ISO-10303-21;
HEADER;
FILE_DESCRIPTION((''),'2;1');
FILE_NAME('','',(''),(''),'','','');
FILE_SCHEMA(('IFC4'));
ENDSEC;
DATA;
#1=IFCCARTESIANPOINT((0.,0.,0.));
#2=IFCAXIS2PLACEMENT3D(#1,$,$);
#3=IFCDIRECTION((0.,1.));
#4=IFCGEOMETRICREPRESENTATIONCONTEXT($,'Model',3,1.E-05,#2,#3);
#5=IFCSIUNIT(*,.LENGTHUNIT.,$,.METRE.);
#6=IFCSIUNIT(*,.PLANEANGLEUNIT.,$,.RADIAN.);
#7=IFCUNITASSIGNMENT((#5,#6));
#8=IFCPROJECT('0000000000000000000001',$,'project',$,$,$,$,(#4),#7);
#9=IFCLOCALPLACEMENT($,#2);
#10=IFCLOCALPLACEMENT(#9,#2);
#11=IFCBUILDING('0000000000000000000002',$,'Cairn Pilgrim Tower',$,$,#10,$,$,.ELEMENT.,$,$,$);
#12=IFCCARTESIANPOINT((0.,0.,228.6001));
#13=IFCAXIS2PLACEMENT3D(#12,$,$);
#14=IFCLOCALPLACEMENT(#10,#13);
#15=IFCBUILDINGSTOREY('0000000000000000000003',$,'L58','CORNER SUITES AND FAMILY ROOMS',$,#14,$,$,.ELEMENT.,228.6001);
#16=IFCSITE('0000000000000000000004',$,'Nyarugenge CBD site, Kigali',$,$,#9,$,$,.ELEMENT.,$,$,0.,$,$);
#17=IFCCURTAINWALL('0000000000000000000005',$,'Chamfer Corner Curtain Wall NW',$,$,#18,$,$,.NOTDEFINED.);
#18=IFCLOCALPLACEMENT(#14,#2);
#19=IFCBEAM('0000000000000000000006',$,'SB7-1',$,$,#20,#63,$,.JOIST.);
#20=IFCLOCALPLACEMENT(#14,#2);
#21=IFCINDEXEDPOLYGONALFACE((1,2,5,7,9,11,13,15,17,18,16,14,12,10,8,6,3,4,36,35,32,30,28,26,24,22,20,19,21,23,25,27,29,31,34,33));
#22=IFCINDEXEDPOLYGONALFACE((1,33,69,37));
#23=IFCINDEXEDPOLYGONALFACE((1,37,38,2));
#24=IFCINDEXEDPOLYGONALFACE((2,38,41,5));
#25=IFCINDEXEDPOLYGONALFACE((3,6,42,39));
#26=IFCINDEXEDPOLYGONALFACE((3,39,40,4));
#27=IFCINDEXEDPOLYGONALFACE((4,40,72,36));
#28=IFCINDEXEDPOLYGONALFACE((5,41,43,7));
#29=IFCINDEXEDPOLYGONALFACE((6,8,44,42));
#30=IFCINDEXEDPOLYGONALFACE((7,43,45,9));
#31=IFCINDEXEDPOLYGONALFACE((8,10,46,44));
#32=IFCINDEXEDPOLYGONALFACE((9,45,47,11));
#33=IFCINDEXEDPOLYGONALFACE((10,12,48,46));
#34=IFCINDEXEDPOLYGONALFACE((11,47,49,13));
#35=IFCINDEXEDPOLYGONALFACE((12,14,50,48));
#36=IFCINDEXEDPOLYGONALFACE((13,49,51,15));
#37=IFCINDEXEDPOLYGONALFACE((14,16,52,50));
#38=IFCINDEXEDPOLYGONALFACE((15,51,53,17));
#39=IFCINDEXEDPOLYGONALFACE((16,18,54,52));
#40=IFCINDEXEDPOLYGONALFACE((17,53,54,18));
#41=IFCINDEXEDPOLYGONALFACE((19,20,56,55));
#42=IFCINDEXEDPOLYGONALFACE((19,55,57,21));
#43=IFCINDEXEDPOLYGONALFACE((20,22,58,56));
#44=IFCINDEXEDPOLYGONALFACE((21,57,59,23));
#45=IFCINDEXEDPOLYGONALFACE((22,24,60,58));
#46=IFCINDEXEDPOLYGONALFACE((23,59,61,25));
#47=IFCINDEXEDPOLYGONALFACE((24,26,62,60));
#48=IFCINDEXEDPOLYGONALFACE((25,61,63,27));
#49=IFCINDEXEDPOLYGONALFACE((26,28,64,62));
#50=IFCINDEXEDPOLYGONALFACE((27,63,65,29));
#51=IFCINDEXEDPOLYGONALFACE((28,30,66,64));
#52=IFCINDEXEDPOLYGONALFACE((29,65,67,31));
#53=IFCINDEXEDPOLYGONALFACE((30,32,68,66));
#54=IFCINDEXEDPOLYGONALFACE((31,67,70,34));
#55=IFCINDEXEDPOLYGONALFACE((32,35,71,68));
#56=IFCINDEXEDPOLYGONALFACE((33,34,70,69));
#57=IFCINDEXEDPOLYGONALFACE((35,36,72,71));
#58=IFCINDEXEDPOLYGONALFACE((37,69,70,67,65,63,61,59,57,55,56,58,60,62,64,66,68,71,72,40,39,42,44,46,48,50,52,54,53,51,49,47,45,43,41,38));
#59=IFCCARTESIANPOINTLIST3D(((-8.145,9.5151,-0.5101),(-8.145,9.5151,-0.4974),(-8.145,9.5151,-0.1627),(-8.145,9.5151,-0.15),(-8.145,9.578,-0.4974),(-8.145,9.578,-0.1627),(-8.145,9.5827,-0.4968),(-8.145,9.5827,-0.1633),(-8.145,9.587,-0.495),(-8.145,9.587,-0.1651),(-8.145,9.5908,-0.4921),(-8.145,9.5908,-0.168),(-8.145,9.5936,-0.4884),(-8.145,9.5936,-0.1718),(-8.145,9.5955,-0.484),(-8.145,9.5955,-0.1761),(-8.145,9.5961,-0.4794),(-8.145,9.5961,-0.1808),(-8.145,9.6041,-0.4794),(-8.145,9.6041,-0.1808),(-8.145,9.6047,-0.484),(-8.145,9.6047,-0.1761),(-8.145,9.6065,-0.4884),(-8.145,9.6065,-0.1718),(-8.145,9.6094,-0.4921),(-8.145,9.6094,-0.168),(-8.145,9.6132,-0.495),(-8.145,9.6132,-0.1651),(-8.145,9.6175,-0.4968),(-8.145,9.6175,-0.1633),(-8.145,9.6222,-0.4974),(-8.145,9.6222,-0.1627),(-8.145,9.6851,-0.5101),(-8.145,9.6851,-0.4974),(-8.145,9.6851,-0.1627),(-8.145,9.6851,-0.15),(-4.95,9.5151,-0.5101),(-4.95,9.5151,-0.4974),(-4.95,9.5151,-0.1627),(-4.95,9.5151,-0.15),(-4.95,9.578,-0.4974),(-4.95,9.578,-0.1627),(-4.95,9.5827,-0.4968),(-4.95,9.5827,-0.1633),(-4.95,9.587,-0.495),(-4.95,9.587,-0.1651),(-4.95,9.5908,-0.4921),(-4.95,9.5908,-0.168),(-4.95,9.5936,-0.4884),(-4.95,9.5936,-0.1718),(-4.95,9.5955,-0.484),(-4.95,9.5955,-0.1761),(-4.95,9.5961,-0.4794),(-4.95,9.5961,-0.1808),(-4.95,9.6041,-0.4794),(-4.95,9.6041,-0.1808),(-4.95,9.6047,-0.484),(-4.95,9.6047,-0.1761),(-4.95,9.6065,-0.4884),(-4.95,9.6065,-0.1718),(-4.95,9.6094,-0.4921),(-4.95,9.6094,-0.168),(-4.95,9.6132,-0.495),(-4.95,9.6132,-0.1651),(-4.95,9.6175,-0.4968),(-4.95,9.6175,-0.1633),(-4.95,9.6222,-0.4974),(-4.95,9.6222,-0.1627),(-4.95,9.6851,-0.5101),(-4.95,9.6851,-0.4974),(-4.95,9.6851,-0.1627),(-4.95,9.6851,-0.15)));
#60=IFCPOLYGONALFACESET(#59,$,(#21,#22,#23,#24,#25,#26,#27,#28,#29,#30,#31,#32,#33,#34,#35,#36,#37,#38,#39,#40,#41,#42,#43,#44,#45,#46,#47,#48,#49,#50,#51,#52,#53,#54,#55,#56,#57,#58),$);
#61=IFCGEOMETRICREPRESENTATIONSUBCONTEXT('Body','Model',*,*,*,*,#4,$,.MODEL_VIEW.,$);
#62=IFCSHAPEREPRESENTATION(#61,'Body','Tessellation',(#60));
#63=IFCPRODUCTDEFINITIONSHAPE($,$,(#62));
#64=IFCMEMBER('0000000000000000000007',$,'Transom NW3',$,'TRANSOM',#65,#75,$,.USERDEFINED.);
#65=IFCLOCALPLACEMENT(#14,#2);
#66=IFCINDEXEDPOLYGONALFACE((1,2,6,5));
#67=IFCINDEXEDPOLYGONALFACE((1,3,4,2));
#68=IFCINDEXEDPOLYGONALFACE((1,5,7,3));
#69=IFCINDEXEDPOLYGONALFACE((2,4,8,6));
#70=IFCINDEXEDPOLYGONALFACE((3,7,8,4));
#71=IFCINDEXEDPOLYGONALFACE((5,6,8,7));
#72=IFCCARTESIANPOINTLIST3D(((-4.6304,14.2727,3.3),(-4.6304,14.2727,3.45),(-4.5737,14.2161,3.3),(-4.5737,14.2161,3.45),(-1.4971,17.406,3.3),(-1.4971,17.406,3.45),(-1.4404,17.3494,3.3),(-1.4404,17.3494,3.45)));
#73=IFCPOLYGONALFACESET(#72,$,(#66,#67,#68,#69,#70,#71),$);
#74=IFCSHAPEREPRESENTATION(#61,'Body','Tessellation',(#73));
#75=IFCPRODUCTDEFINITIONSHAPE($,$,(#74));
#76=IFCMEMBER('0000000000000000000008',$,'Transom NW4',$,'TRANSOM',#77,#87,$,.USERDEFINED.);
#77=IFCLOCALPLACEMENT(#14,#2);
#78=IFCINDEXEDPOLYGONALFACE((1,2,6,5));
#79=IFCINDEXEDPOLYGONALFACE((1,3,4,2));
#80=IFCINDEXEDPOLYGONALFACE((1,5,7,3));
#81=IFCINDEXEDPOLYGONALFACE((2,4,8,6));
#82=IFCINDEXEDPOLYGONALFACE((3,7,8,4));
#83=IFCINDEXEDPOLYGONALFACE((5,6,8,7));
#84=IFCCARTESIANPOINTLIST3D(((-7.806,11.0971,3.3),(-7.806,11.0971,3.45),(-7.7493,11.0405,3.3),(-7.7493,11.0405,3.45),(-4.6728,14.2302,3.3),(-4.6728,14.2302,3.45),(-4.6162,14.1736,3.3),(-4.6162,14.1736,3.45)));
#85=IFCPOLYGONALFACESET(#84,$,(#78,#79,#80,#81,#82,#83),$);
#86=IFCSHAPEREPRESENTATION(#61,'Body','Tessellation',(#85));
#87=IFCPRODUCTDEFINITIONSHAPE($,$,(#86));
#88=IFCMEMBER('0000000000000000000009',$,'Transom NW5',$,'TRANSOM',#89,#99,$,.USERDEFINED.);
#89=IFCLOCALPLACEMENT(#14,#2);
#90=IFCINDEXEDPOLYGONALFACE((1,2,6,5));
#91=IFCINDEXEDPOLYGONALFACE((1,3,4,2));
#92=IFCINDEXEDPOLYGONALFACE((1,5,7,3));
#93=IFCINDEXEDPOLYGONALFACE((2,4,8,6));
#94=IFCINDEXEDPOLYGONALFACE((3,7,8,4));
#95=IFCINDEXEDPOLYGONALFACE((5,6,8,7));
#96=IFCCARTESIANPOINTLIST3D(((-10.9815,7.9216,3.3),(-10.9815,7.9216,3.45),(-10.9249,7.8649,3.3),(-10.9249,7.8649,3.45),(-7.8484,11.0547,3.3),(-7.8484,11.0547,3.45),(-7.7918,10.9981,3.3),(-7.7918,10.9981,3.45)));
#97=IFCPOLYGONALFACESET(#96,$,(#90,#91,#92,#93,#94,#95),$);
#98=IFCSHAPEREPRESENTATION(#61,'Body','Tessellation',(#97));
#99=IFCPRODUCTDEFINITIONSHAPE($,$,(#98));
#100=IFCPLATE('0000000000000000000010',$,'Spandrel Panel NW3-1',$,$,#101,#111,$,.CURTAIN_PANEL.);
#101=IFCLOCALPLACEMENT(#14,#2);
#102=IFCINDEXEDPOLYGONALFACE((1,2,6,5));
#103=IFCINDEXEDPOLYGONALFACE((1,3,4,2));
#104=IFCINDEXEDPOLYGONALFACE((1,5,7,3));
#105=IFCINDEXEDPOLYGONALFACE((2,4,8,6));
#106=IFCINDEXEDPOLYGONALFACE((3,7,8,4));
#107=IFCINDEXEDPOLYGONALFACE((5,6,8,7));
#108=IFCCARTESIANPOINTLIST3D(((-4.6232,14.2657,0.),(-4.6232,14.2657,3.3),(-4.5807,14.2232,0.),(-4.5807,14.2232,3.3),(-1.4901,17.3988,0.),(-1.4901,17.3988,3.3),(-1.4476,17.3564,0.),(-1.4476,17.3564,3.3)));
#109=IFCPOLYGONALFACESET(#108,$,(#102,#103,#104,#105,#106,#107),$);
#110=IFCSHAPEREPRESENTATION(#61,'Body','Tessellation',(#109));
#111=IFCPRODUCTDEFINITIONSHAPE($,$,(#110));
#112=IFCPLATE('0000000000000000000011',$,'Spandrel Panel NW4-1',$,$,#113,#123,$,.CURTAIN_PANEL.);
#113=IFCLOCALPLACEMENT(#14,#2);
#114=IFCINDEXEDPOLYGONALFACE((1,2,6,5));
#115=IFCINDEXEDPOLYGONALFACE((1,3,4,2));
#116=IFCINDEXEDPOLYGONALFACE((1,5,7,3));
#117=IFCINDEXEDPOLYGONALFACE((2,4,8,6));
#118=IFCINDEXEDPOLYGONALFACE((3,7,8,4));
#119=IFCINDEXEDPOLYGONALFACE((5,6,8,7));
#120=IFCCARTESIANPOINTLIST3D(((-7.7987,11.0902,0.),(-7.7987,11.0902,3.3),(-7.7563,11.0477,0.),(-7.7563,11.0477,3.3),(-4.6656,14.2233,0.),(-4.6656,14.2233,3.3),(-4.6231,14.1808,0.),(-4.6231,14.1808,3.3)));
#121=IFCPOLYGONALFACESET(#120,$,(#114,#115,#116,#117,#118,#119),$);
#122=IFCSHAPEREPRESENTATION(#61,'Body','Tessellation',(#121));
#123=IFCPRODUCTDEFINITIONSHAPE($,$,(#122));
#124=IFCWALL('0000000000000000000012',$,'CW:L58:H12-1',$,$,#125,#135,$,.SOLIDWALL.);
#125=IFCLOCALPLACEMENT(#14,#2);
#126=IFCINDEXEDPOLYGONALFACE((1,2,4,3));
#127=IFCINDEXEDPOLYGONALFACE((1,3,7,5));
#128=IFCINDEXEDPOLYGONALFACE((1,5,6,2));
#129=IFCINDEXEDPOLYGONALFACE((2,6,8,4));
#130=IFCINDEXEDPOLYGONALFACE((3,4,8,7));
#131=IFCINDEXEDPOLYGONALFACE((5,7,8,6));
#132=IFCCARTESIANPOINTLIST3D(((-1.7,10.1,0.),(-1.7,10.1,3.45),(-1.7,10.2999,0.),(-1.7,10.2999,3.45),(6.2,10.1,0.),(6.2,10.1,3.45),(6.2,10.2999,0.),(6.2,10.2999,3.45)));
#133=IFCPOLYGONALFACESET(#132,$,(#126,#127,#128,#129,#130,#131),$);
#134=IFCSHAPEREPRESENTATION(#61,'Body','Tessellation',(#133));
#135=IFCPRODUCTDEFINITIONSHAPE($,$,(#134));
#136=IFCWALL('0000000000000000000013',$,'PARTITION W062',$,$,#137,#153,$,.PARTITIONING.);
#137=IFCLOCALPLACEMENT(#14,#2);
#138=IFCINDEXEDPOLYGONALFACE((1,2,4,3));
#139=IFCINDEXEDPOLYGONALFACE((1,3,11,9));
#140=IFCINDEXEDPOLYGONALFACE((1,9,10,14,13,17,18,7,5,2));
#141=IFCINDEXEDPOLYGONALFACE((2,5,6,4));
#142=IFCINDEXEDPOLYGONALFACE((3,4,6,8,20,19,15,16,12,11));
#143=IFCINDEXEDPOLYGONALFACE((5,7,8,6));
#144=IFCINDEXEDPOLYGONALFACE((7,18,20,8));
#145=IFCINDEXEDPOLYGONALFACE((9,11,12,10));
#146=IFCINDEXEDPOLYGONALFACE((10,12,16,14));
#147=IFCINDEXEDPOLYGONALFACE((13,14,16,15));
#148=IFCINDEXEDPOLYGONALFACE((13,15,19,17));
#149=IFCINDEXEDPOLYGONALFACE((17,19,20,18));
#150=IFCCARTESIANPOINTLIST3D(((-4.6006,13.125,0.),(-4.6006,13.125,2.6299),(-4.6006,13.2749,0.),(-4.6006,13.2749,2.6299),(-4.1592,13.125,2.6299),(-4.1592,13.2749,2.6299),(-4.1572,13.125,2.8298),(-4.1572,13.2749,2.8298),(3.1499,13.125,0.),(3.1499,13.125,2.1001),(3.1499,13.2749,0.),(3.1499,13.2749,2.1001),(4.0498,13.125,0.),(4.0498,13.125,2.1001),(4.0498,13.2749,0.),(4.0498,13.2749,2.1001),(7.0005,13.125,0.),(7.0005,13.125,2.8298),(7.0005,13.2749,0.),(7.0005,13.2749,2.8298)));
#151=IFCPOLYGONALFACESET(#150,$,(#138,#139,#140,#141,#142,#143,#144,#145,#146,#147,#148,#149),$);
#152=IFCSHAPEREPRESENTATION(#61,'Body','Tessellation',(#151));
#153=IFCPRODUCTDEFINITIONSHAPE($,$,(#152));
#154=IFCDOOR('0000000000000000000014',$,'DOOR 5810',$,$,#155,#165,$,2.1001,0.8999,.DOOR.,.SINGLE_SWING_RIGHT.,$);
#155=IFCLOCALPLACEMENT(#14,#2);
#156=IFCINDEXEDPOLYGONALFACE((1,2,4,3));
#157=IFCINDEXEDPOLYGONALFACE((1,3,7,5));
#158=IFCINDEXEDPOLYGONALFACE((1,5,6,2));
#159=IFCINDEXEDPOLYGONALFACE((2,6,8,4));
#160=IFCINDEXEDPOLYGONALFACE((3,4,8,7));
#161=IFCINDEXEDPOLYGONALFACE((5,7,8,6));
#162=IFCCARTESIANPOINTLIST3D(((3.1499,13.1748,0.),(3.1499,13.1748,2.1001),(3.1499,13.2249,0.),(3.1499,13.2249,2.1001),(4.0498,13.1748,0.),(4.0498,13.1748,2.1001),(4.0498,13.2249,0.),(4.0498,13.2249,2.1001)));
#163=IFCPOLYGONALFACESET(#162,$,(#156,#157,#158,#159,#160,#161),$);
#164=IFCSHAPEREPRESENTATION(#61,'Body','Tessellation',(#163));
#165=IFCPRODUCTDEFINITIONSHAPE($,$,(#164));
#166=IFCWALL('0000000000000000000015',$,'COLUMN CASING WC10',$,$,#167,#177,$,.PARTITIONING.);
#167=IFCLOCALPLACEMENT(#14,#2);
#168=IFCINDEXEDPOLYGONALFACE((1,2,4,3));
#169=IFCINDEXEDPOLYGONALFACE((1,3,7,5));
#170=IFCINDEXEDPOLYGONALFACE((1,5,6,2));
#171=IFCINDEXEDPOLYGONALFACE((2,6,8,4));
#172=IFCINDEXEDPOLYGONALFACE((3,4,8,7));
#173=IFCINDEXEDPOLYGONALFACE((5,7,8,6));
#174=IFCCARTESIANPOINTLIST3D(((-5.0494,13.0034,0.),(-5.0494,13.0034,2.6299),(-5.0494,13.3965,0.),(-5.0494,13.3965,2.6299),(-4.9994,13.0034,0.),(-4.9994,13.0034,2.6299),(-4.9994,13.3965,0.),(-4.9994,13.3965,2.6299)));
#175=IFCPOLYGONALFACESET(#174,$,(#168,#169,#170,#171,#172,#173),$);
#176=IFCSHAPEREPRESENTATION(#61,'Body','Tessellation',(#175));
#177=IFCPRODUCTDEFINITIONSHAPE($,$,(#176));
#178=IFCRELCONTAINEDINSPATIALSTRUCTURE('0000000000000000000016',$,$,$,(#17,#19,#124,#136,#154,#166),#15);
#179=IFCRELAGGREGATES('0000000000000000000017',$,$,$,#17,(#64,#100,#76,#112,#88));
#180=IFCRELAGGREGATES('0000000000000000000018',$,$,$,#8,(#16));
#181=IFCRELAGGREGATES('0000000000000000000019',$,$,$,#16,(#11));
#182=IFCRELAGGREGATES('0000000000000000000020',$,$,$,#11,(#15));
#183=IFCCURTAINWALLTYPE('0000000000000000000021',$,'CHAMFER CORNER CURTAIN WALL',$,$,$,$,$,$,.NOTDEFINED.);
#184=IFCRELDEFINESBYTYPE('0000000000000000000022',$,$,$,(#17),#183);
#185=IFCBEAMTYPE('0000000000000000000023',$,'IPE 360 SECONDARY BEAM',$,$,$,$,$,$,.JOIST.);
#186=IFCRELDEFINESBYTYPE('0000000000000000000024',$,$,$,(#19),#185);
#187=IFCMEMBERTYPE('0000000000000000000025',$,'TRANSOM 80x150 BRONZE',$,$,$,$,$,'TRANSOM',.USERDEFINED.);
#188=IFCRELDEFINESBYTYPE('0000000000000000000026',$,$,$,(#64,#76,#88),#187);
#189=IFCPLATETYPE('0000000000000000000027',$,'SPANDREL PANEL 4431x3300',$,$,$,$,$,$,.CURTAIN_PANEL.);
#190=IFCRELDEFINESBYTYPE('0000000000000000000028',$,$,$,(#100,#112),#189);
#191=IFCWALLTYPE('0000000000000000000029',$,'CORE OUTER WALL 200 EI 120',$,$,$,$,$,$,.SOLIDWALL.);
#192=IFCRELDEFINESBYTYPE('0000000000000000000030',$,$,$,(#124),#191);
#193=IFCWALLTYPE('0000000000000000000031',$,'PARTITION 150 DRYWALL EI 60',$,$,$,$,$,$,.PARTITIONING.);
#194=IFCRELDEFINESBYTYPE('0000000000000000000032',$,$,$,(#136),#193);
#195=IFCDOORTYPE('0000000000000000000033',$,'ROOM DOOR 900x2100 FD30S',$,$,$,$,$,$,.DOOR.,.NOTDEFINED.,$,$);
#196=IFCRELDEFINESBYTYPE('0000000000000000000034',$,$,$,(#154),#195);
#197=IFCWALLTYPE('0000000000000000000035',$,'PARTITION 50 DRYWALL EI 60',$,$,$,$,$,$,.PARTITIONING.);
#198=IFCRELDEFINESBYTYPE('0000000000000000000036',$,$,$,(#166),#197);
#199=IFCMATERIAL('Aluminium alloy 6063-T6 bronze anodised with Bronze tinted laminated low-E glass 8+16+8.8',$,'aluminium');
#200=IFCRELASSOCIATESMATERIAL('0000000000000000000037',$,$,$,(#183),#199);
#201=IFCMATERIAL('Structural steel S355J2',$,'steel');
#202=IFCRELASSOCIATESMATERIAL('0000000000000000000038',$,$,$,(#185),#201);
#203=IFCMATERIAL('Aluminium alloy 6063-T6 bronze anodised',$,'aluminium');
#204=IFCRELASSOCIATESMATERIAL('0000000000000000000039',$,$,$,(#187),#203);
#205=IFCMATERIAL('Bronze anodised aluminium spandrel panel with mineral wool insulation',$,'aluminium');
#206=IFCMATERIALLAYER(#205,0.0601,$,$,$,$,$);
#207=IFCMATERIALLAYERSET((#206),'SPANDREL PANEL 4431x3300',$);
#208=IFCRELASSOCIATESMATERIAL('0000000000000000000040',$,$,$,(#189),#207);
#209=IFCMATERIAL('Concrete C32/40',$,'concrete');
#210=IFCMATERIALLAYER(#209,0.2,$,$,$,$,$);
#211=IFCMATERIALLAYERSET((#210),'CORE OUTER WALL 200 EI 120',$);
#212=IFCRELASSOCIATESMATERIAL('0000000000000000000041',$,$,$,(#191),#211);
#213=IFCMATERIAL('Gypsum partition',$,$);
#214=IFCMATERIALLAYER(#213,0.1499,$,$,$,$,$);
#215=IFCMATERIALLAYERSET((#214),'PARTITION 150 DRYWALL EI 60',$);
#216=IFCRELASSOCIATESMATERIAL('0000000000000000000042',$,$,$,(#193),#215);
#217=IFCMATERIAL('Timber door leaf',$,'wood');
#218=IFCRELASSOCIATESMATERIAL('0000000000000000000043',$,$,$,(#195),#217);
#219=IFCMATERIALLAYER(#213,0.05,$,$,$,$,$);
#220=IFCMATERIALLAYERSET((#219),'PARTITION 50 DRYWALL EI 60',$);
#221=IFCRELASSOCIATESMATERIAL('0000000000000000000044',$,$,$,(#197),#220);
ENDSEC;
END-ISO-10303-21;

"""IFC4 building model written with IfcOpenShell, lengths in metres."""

from ifc_helpers import new_model, si_unit, direction, frame, frame_2d, origin, origin_2d, place, context, subcontext, project, spatial, polyline, rectangle, i_section, outline, extrude, material, layer, layer_set, material_profile, profile_set, type_object, element, fill, aggregate, save


model = new_model("IFC4")

# Units and contexts
model_context = context("Model", 3, precision=1e-05, world=origin(), true_north=direction((0.0, 1.0)))
body_context = subcontext(model_context, "Body", "Model", "MODEL_VIEW")
ifc_project = project(units=[si_unit("LENGTHUNIT", "METRE"), si_unit("PLANEANGLEUNIT", "RADIAN")], contexts=[model_context])

# Site, building, storey
site_placement = place(None, origin())
site = spatial("IfcSite", under=ifc_project, at=site_placement, Name="Nyarugenge CBD site, Kigali", CompositionType="ELEMENT", RefElevation=0.0)
building_placement = place(site_placement, origin())
building = spatial("IfcBuilding", under=site, at=building_placement, Name="Cairn Pilgrim Tower", CompositionType="ELEMENT")
storey_placement = place(building_placement, frame((0.0, 0.0, 228.6001)))
storey = spatial("IfcBuildingStorey", under=building, at=storey_placement, Name="L58", Description="CORNER SUITES AND FAMILY ROOMS", CompositionType="ELEMENT", Elevation=228.6001)

# Shared definitions
ifc_material_1 = material(Name="Structural steel S355J2", Category="steel")

# Curtain wall
ifc_material_2 = material(Name="Aluminium alloy 6063-T6 bronze anodised with Bronze tinted laminated low-E glass 8+16+8.8", Category="aluminium")
curtain_wall_type = type_object("IfcCurtainWallType", Name="CHAMFER CORNER CURTAIN WALL", PredefinedType="NOTDEFINED", material=ifc_material_2)
curtain_wall_placement = place(storey_placement, origin())
curtain_wall = element("IfcCurtainWall", 1, at=curtain_wall_placement, inside=storey, type_object=curtain_wall_type, Name="Chamfer Corner Curtain Wall NW", PredefinedType="NOTDEFINED")
ifc_material_3 = material(Name="Aluminium alloy 6063-T6 bronze anodised", Category="aluminium")

# Beam
ifc_material_profile_1 = material_profile(ifc_material_1, i_section(OverallWidth=0.1699, OverallDepth=0.3601, WebThickness=0.0081, FlangeThickness=0.0127, FilletRadius=0.0181, at=origin_2d()), Name="IPE 360")
ifc_profile_set_1 = profile_set([ifc_material_profile_1], Name="Structural steel S355J2")
beam_type_1 = type_object("IfcBeamType", Name="IPE 360 SECONDARY BEAM", PredefinedType="JOIST", material=ifc_profile_set_1)
beam_1_placement = place(storey_placement, frame((-8.145, 9.6001, -0.3301), z_axis=(1.0, 0.0, 0.0), x_axis=(0.0, 1.0, 0.0)))
element("IfcBeam", 2, at=beam_1_placement, inside=storey, type_object=beam_type_1, Name="SB7-1", PredefinedType="JOIST", context=body_context, shape_type="SweptSolid", body=[
    extrude(i_section(OverallWidth=0.1699, OverallDepth=0.3601, WebThickness=0.0081, FlangeThickness=0.0127, FilletRadius=0.0181, at=origin_2d()), origin(), (0.0, 0.0, 1.0), 3.1951),
])

# Members
ifc_material_profile_2 = material_profile(ifc_material_3, rectangle(XDim=0.0801, YDim=0.1499, at=origin_2d()), Name="TRANSOM 80x150 BRONZE")
ifc_profile_set_2 = profile_set([ifc_material_profile_2], Name="Aluminium alloy 6063-T6 bronze anodised")
member_type_1 = type_object("IfcMemberType", Name="TRANSOM 80x150 BRONZE", ElementType="TRANSOM", PredefinedType="USERDEFINED", material=ifc_profile_set_2)
member_1_placement = place(storey_placement, frame((-1.4688, 17.3777, 3.375), z_axis=(-0.707107, -0.707107, 0.0), x_axis=(0.707107, -0.707107, 0.0)))
member_1 = element("IfcMember", 3, at=member_1_placement, type_object=member_type_1, Name="Transom NW3", ObjectType="TRANSOM", PredefinedType="USERDEFINED", context=body_context, shape_type="SweptSolid", body=[
    extrude(rectangle(XDim=0.0801, YDim=0.1499, at=origin_2d()), origin(), (0.0, 0.0, 1.0), 4.4312),
])
member_2_placement = place(storey_placement, frame((-4.6445, 14.2019, 3.375), z_axis=(-0.707107, -0.707107, 0.0), x_axis=(0.707107, -0.707107, 0.0)))
member_2 = element("IfcMember", 4, at=member_2_placement, type_object=member_type_1, Name="Transom NW4", ObjectType="TRANSOM", PredefinedType="USERDEFINED", context=body_context, shape_type="SweptSolid", body=[
    extrude(rectangle(XDim=0.0801, YDim=0.1499, at=origin_2d()), origin(), (0.0, 0.0, 1.0), 4.4309),
])
member_3_placement = place(storey_placement, frame((-7.8201, 11.0264, 3.375), z_axis=(-0.707107, -0.707107, 0.0), x_axis=(0.707107, -0.707107, 0.0)))
member_3 = element("IfcMember", 5, at=member_3_placement, type_object=member_type_1, Name="Transom NW5", ObjectType="TRANSOM", PredefinedType="USERDEFINED", context=body_context, shape_type="SweptSolid", body=[
    extrude(rectangle(XDim=0.0801, YDim=0.1499, at=origin_2d()), origin(), (0.0, 0.0, 1.0), 4.4309),
])

# Plates
ifc_material_4 = material(Name="Bronze anodised aluminium spandrel panel with mineral wool insulation", Category="aluminium")
ifc_layer_1 = layer(ifc_material_4, 0.0601)
ifc_layer_set_1 = layer_set([ifc_layer_1], Name="SPANDREL PANEL 4431x3300")
plate_type = type_object("IfcPlateType", Name="SPANDREL PANEL 4431x3300", PredefinedType="CURTAIN_PANEL", material=ifc_layer_set_1)
plate_1_placement = place(storey_placement, frame((-3.0354, 15.811, 0.0), z_axis=(0.0, 0.0, 1.0), x_axis=(-0.707107, -0.707107, 0.0)))
plate_1 = element("IfcPlate", 6, at=plate_1_placement, type_object=plate_type, Name="Spandrel Panel NW3-1", PredefinedType="CURTAIN_PANEL", context=body_context, shape_type="SweptSolid", body=[
    extrude(rectangle(XDim=4.4309, YDim=0.0601, at=origin_2d()), origin(), (0.0, 0.0, 1.0), 3.3),
])
plate_2_placement = place(storey_placement, frame((-6.2109, 12.6355, 0.0), z_axis=(0.0, 0.0, 1.0), x_axis=(-0.707107, -0.707107, 0.0)))
plate_2 = element("IfcPlate", 7, at=plate_2_placement, type_object=plate_type, Name="Spandrel Panel NW4-1", PredefinedType="CURTAIN_PANEL", context=body_context, shape_type="SweptSolid", body=[
    extrude(rectangle(XDim=4.4309, YDim=0.0601, at=origin_2d()), origin(), (0.0, 0.0, 1.0), 3.3),
])
aggregate(curtain_wall, [member_1, plate_1, member_2, plate_2, member_3])

# Wall
ifc_material_5 = material(Name="Concrete C32/40", Category="concrete")
ifc_layer_2 = layer(ifc_material_5, 0.2)
ifc_layer_set_2 = layer_set([ifc_layer_2], Name="CORE OUTER WALL 200 EI 120")
wall_type_1 = type_object("IfcWallType", Name="CORE OUTER WALL 200 EI 120", PredefinedType="SOLIDWALL", material=ifc_layer_set_2)
wall_1_placement = place(storey_placement, frame((-1.7, 10.2, 0.0), z_axis=(0.0, 0.0, 1.0), x_axis=(1.0, 0.0, 0.0)))
element("IfcWall", 8, at=wall_1_placement, inside=storey, type_object=wall_type_1, Name="CW:L58:H12-1", PredefinedType="SOLIDWALL", context=body_context, shape_type="SweptSolid", body=[
    extrude(rectangle(XDim=7.8999, YDim=0.2, at=frame_2d((3.95, 0.0))), origin(), (0.0, 0.0, 1.0), 3.45),
])

# Wall, opening, door
ifc_material_6 = material(Name="Gypsum partition")
ifc_layer_3 = layer(ifc_material_6, 0.1499)
ifc_layer_set_3 = layer_set([ifc_layer_3], Name="PARTITION 150 DRYWALL EI 60")
wall_type_2 = type_object("IfcWallType", Name="PARTITION 150 DRYWALL EI 60", PredefinedType="PARTITIONING", material=ifc_layer_set_3)
wall_2_placement = place(storey_placement, frame((-4.6006, 13.2, 0.0), z_axis=(0.0, 0.0, 1.0), x_axis=(1.0, 0.0, 0.0)))
wall_2 = element("IfcWall", 9, at=wall_2_placement, inside=storey, type_object=wall_type_2, Name="PARTITION W062", PredefinedType="PARTITIONING", context=body_context, shape_type="SweptSolid", body=[
    extrude(outline(polyline([(0.0, 0.0), (11.6011, 0.0), (11.6011, 2.8298), (0.4434, 2.8298), (0.4414, 2.6299), (0.0, 2.6299), (0.0, 0.0)])), frame((0.0, 0.075, 0.0), z_axis=(0.0, -1.0, 0.0), x_axis=(1.0, 0.0, 0.0)), (0.0, 0.0, 1.0), 0.1499),
])
opening_placement = place(wall_2_placement, frame((7.7505, 0.0, 0.0)))
opening = element("IfcOpeningElement", 10, at=opening_placement, cuts=wall_2, PredefinedType="OPENING", context=body_context, shape_type="SweptSolid", body=[
    extrude(rectangle(XDim=0.8999, YDim=2.1001, at=frame_2d((0.45, 1.05))), frame((0.0, 0.085, 0.0), z_axis=(0.0, -1.0, 0.0), x_axis=(1.0, 0.0, 0.0)), (0.0, 0.0, 1.0), 0.1699),
])
ifc_material_7 = material(Name="Timber door leaf", Category="wood")
door_type = type_object("IfcDoorType", Name="ROOM DOOR 900x2100 FD30S", OperationType="NOTDEFINED", PredefinedType="DOOR", material=ifc_material_7)
door_placement = place(opening_placement, origin())
door = element("IfcDoor", 11, at=door_placement, inside=storey, type_object=door_type, Name="DOOR 5810", OperationType="SINGLE_SWING_RIGHT", OverallHeight=2.1001, OverallWidth=0.8999, PredefinedType="DOOR", context=body_context, shape_type="SweptSolid", body=[
    extrude(rectangle(XDim=0.8999, YDim=2.1001, at=frame_2d((0.45, 1.05))), frame((0.0, 0.0249, 0.0), z_axis=(0.0, -1.0, 0.0), x_axis=(1.0, 0.0, 0.0)), (0.0, 0.0, 1.0), 0.05),
])
fill(opening, door)

# Wall
ifc_layer_4 = layer(ifc_material_6, 0.05)
ifc_layer_set_4 = layer_set([ifc_layer_4], Name="PARTITION 50 DRYWALL EI 60")
wall_type_3 = type_object("IfcWallType", Name="PARTITION 50 DRYWALL EI 60", PredefinedType="PARTITIONING", material=ifc_layer_set_4)
wall_3_placement = place(storey_placement, frame((-5.0244, 13.0034, 0.0), z_axis=(0.0, 0.0, 1.0), x_axis=(0.0, 1.0, 0.0)))
element("IfcWall", 12, at=wall_3_placement, inside=storey, type_object=wall_type_3, Name="COLUMN CASING WC10", PredefinedType="PARTITIONING", context=body_context, shape_type="SweptSolid", body=[
    extrude(rectangle(XDim=0.3931, YDim=0.05, at=frame_2d((0.1965, 0.0))), origin(), (0.0, 0.0, 1.0), 2.6299),
])

save(model, "model.ifc")
